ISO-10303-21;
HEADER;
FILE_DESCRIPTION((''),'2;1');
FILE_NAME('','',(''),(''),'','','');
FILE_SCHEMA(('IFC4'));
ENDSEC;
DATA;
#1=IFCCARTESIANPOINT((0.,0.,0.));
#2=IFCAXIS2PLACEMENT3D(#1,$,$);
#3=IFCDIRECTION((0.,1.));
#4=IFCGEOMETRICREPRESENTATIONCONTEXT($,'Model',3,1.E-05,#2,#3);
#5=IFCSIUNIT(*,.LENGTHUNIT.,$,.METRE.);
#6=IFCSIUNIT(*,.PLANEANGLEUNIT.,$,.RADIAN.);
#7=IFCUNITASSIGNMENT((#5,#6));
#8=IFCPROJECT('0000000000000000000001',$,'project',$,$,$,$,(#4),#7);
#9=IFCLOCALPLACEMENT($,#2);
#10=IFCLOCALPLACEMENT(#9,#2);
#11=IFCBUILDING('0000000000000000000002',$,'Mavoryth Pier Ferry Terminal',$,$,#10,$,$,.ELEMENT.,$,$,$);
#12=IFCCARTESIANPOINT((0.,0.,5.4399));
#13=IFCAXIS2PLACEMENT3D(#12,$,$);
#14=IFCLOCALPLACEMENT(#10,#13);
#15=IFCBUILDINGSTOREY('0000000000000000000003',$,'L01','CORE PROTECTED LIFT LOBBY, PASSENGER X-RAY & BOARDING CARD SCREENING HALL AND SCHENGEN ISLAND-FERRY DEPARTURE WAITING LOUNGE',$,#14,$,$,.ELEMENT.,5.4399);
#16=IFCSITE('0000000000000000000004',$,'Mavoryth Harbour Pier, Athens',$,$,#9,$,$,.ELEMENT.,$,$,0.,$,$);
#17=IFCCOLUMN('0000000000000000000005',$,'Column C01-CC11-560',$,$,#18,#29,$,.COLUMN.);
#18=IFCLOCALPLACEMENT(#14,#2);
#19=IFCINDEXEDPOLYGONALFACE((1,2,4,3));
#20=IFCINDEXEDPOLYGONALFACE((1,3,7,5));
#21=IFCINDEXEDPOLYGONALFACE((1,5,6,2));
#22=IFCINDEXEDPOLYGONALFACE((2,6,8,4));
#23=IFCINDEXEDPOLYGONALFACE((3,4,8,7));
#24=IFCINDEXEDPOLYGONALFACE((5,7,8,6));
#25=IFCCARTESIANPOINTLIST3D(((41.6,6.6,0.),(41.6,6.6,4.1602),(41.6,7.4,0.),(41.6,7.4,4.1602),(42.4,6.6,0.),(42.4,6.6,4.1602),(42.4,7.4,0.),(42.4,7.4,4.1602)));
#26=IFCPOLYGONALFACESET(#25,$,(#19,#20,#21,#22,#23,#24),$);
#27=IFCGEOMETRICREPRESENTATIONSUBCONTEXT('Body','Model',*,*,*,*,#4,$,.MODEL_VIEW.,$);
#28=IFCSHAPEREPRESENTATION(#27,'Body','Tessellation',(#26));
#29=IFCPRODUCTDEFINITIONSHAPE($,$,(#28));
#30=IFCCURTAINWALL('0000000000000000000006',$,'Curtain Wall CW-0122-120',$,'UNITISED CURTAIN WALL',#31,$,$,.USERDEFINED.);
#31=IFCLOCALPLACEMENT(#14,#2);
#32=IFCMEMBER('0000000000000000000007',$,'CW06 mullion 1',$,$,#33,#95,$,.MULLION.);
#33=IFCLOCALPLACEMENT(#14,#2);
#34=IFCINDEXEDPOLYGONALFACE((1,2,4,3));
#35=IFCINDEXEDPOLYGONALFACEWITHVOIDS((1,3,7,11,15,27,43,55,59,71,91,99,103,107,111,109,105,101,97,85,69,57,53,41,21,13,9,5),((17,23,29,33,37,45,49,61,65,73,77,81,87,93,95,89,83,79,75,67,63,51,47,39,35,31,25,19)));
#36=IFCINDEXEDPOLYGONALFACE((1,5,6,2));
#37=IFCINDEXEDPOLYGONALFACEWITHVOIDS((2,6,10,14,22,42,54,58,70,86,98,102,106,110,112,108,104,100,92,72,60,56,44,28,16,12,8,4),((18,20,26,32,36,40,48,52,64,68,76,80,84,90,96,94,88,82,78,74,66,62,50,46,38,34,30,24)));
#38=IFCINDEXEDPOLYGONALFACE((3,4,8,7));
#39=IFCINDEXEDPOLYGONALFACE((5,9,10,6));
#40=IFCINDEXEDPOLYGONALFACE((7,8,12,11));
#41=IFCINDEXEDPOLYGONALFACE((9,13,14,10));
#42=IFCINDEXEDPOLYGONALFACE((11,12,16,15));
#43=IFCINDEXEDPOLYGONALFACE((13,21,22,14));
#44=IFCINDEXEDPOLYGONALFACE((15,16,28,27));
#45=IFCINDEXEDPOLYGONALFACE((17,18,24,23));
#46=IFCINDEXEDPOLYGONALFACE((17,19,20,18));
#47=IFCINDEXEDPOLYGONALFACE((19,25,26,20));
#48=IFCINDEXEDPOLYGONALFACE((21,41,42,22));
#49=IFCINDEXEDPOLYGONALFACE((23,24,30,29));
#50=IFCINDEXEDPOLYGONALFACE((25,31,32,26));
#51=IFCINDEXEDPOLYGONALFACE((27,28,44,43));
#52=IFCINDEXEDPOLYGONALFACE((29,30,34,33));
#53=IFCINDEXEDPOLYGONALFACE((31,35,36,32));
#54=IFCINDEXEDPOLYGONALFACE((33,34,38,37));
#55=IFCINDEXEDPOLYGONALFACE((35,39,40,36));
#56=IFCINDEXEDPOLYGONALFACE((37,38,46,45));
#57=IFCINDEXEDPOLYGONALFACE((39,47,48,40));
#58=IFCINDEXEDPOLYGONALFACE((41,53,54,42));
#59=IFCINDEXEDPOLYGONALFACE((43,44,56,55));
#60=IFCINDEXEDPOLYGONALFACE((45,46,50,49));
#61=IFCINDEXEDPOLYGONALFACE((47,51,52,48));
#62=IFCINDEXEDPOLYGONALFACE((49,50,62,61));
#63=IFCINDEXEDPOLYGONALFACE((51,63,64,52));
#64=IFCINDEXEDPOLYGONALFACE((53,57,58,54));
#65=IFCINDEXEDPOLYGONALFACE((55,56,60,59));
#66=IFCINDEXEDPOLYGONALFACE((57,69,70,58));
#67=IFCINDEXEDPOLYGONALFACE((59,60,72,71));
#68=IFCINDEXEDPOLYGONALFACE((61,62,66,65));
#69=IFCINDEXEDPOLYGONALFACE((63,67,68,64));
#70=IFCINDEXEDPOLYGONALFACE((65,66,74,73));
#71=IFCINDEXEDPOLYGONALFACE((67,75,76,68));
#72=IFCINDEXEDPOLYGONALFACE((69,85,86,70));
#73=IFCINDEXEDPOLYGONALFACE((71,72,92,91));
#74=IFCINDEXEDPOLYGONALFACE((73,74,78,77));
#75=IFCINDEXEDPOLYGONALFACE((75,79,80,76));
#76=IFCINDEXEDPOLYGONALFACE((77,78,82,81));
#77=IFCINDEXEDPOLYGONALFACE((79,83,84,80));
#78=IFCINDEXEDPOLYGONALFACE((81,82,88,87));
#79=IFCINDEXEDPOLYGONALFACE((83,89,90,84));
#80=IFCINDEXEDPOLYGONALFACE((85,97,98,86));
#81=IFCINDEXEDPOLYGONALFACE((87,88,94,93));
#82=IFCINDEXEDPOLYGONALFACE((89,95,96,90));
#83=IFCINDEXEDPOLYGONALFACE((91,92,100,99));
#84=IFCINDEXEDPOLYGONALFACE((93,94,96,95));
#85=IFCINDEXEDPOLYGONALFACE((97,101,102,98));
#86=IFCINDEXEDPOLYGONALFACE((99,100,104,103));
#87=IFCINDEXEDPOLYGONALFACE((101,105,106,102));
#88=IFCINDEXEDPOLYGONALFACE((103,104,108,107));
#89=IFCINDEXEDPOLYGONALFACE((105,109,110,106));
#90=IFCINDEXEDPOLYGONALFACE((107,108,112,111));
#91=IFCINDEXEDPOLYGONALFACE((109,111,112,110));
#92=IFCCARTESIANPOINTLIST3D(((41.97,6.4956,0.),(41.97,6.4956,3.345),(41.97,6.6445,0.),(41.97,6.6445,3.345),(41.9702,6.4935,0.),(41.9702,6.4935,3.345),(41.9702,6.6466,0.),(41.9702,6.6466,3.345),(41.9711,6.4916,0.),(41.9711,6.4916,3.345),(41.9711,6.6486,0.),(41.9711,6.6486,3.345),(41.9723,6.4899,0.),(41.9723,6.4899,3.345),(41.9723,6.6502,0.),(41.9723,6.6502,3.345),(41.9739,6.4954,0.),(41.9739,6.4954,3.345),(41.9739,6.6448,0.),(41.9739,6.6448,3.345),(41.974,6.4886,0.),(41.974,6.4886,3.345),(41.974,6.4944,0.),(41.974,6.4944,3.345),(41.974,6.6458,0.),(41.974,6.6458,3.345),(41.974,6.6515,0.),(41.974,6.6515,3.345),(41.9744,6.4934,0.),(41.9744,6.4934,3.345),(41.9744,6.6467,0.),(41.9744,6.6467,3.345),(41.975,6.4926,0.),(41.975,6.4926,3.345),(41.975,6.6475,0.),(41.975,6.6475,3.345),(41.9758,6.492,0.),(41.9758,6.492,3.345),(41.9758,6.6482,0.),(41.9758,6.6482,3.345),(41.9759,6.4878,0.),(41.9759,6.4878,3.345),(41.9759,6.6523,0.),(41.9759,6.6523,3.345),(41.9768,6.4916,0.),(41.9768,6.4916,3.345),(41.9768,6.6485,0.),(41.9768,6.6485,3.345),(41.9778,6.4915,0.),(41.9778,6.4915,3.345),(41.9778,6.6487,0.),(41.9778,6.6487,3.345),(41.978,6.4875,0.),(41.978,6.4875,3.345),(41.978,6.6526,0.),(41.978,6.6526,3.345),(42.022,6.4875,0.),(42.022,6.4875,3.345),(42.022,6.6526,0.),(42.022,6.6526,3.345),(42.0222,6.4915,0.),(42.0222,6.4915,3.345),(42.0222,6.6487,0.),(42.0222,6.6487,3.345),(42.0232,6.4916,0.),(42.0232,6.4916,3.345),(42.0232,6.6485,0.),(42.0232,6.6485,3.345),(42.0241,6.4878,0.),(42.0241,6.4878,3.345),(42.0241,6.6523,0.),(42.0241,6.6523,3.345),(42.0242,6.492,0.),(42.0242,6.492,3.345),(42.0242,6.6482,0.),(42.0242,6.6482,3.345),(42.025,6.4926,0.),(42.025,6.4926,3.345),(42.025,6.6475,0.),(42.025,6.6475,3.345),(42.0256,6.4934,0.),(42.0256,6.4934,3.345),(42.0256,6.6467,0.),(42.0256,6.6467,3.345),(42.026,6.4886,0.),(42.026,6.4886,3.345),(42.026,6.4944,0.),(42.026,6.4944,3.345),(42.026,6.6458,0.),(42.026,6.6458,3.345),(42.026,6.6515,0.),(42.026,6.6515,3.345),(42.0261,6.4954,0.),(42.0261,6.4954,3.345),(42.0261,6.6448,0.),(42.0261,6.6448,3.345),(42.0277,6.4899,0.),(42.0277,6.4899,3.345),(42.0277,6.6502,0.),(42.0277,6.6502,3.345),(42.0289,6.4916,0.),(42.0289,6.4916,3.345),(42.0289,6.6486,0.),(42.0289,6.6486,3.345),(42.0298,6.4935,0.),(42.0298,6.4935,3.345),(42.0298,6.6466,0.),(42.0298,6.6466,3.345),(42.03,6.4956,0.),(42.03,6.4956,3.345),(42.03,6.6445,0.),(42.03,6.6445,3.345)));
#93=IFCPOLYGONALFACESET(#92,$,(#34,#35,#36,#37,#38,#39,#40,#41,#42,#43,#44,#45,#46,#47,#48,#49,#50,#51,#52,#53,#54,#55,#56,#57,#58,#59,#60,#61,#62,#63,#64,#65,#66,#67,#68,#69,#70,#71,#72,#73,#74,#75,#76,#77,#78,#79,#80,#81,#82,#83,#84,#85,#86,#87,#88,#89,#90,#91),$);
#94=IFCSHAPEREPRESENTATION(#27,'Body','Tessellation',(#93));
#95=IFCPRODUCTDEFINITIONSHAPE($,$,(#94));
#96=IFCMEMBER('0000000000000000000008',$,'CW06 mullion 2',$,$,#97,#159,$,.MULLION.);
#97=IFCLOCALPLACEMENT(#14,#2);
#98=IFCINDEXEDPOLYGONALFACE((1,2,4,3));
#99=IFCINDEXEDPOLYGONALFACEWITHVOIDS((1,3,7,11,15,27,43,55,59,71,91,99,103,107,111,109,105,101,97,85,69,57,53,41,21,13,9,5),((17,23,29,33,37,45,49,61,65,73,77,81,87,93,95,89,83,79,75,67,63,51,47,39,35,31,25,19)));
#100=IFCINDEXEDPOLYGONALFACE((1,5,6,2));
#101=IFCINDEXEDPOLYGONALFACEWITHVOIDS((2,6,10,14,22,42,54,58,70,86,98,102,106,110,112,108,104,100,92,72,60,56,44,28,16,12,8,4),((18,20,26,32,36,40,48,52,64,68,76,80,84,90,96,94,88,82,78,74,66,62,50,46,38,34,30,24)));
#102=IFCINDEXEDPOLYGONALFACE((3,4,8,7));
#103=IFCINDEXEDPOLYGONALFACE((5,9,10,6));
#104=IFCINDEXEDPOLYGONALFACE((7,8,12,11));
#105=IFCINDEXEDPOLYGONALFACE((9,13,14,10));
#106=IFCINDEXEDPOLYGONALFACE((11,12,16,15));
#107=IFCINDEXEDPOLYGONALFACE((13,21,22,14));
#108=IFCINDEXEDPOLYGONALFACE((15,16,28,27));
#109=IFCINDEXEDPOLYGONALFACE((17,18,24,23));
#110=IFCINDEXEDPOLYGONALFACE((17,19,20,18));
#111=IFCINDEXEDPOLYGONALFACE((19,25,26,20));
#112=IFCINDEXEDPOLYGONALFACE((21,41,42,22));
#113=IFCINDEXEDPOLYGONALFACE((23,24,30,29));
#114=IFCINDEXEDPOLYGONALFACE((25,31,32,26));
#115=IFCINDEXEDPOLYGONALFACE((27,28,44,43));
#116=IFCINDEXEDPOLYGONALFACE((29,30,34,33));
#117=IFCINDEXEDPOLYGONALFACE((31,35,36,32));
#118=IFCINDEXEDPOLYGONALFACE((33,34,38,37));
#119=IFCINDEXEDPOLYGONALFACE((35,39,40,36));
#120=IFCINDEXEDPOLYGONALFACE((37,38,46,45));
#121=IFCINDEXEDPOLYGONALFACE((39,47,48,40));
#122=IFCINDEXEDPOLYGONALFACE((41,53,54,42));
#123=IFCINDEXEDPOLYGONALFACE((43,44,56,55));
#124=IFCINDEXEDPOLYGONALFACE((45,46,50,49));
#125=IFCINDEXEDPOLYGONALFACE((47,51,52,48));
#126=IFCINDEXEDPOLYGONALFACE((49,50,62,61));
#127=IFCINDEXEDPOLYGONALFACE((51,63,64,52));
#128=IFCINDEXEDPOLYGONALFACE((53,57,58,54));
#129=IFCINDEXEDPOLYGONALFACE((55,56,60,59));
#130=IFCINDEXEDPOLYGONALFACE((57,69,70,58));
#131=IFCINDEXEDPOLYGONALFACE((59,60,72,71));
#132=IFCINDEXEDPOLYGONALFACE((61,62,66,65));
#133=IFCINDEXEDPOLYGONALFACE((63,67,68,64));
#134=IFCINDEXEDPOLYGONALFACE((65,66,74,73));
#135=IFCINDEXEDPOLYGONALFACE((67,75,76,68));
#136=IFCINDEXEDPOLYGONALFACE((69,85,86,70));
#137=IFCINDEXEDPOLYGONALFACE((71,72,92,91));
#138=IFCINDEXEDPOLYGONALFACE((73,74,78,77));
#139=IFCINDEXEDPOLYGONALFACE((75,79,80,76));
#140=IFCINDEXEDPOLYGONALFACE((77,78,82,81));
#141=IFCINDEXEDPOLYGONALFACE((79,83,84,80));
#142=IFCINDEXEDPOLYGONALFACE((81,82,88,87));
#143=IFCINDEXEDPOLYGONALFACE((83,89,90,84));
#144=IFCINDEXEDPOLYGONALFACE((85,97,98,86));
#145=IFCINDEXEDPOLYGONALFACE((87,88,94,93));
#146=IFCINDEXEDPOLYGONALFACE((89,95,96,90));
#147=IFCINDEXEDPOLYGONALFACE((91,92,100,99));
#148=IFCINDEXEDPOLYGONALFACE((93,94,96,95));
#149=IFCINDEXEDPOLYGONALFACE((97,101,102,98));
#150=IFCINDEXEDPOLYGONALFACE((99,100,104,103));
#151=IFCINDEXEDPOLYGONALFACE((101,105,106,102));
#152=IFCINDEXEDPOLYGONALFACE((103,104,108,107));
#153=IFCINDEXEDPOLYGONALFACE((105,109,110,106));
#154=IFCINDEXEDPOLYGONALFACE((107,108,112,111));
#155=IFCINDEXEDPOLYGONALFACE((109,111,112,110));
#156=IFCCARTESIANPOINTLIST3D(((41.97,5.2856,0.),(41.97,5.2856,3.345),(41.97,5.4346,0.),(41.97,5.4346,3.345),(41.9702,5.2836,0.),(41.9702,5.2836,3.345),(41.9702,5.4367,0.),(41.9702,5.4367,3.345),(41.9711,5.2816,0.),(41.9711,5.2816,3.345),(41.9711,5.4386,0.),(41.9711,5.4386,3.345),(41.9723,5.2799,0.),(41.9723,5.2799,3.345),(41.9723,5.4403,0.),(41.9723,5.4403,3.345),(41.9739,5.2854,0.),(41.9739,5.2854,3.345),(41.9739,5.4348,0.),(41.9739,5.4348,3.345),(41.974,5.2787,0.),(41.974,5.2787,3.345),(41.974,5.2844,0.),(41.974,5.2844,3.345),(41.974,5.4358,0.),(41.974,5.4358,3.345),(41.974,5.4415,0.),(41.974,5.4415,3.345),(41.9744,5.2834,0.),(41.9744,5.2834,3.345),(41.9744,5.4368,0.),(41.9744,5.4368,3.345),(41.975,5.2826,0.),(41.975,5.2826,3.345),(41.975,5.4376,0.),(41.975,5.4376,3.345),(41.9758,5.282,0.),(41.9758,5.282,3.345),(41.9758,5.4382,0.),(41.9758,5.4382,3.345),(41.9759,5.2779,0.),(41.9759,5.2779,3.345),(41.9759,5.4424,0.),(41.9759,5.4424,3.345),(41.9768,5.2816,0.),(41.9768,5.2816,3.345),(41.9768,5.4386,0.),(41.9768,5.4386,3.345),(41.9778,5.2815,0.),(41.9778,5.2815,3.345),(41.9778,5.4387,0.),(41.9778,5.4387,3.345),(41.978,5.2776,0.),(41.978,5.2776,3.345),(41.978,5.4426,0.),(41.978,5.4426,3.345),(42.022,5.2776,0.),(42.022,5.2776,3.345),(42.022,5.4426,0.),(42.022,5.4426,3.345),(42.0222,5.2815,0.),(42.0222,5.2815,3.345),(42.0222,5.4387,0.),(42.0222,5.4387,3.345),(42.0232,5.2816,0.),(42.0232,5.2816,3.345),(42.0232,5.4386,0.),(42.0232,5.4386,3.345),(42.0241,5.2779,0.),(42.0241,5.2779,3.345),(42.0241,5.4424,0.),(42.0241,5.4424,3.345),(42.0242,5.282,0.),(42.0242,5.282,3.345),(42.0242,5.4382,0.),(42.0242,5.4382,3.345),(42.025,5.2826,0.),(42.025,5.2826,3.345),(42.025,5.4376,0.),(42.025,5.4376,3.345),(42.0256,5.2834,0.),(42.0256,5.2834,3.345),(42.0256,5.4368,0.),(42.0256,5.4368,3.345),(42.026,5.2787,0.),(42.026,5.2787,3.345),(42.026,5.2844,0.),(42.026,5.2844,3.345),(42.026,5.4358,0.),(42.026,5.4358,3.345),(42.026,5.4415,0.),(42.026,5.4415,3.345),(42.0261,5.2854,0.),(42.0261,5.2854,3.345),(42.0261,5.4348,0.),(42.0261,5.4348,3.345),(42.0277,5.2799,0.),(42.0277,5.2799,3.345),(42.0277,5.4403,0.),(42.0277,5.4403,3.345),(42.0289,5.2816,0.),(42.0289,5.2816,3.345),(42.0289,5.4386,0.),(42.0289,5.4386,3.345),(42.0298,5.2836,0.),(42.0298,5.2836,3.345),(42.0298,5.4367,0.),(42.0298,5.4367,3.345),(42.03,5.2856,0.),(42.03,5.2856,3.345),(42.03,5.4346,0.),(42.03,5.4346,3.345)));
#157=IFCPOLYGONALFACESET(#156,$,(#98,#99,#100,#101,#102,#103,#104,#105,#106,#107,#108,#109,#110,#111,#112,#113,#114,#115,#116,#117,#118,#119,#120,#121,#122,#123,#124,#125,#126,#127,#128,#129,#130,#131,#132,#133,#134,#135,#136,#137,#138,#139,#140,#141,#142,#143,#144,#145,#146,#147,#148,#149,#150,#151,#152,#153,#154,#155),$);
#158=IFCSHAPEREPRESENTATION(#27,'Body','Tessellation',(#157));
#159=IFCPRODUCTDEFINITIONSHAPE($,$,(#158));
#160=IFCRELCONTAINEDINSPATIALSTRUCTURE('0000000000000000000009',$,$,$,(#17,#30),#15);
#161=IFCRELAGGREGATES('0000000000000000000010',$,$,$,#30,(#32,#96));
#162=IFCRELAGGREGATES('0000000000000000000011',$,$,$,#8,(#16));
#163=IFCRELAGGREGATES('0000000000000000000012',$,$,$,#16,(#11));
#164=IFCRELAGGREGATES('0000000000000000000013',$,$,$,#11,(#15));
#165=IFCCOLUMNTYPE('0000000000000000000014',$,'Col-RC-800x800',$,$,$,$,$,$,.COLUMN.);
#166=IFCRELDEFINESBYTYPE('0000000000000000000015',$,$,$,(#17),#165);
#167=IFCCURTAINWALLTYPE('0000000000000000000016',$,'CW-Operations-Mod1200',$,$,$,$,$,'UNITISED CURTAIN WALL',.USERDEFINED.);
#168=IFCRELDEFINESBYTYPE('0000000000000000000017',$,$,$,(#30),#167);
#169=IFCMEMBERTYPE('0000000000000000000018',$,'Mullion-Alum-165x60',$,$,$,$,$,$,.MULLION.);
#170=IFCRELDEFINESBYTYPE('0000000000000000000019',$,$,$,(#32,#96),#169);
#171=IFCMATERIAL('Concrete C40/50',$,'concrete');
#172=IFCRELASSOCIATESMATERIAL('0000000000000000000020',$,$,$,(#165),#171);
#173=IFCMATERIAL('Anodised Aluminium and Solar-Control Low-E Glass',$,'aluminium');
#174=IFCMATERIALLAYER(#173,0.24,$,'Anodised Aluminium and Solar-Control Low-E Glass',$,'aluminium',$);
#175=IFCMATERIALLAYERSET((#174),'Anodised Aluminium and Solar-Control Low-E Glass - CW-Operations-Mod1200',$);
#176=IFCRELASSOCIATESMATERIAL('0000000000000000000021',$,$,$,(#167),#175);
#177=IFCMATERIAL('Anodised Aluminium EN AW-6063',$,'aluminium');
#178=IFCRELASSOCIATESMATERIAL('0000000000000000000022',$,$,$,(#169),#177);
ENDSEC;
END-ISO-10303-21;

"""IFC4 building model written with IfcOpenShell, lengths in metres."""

from ifc_helpers import new_model, si_unit, direction, frame, origin, origin_2d, place, context, subcontext, project, spatial, rectangle, hollow_rectangle, extrude, material, layer, layer_set, material_profile, profile_set, type_object, element, aggregate, save


model = new_model("IFC4")

# Units and contexts
model_context = context("Model", 3, precision=1e-05, world=origin(), true_north=direction((0.0, 1.0)))
body_context = subcontext(model_context, "Body", "Model", "MODEL_VIEW")
ifc_project = project(units=[si_unit("LENGTHUNIT", "METRE"), si_unit("PLANEANGLEUNIT", "RADIAN")], contexts=[model_context])

# Site, building, storey
site_placement = place(None, origin())
site = spatial("IfcSite", under=ifc_project, at=site_placement, Name="Mavoryth Harbour Pier, Athens", CompositionType="ELEMENT", RefElevation=0.0)
building_placement = place(site_placement, origin())
building = spatial("IfcBuilding", under=site, at=building_placement, Name="Mavoryth Pier Ferry Terminal", CompositionType="ELEMENT")
storey_placement = place(building_placement, frame((0.0, 0.0, 5.4399)))
storey = spatial("IfcBuildingStorey", under=building, at=storey_placement, Name="L01", Description="CORE PROTECTED LIFT LOBBY, PASSENGER X-RAY & BOARDING CARD SCREENING HALL AND SCHENGEN ISLAND-FERRY DEPARTURE WAITING LOUNGE", CompositionType="ELEMENT", Elevation=5.4399)

# Column
ifc_material_1 = material(Name="Concrete C40/50", Category="concrete")
ifc_material_profile_1 = material_profile(ifc_material_1, rectangle(XDim=0.8, YDim=0.8, at=origin_2d()), Name="RC 800x800", Category="concrete")
ifc_profile_set_1 = profile_set([ifc_material_profile_1], Name="Concrete C40/50 - RC 800x800")
column_type = type_object("IfcColumnType", Name="Col-RC-800x800", PredefinedType="COLUMN", material=ifc_profile_set_1)
column_placement = place(storey_placement, frame((42.0, 7.0, 0.0), z_axis=(0.0, 0.0, 1.0), x_axis=(1.0, 0.0, 0.0)))
element("IfcColumn", 1, at=column_placement, inside=storey, type_object=column_type, Name="Column C01-CC11-560", PredefinedType="COLUMN", context=body_context, shape_type="SweptSolid", body=[
    extrude(rectangle(XDim=0.8, YDim=0.8, at=origin_2d()), origin(), (0.0, 0.0, 1.0), 4.1602),
])

# Curtain wall, members
ifc_material_2 = material(Name="Anodised Aluminium and Solar-Control Low-E Glass", Category="aluminium")
ifc_layer_1 = layer(ifc_material_2, 0.24, Name="Anodised Aluminium and Solar-Control Low-E Glass", Category="aluminium")
ifc_layer_set_1 = layer_set([ifc_layer_1], Name="Anodised Aluminium and Solar-Control Low-E Glass - CW-Operations-Mod1200")
curtain_wall_type = type_object("IfcCurtainWallType", Name="CW-Operations-Mod1200", ElementType="UNITISED CURTAIN WALL", PredefinedType="USERDEFINED", material=ifc_layer_set_1)
curtain_wall_1_placement = place(storey_placement, origin())
curtain_wall_1 = element("IfcCurtainWall", 2, at=curtain_wall_1_placement, inside=storey, type_object=curtain_wall_type, Name="Curtain Wall CW-0122-120", ObjectType="UNITISED CURTAIN WALL", PredefinedType="USERDEFINED")
ifc_material_3 = material(Name="Anodised Aluminium EN AW-6063", Category="aluminium")
ifc_material_profile_2 = material_profile(ifc_material_3, hollow_rectangle(XDim=0.0601, YDim=0.165, WallThickness=0.0039, InnerFilletRadius=0.0039, OuterFilletRadius=0.0081, at=origin_2d()), Name="AL-MULL 165x60x4", Category="aluminium")
ifc_profile_set_2 = profile_set([ifc_material_profile_2], Name="Anodised Aluminium EN AW-6063 - AL-MULL 165x60x4")
member_type_1 = type_object("IfcMemberType", Name="Mullion-Alum-165x60", PredefinedType="MULLION", material=ifc_profile_set_2)
member_1_placement = place(storey_placement, frame((42.0, 6.5701, 0.0), z_axis=(0.0, 0.0, 1.0), x_axis=(1.0, 0.0, 0.0)))
member_1 = element("IfcMember", 3, at=member_1_placement, type_object=member_type_1, Name="CW06 mullion 1", PredefinedType="MULLION", context=body_context, shape_type="SweptSolid", body=[
    extrude(hollow_rectangle(XDim=0.0601, YDim=0.165, WallThickness=0.0039, InnerFilletRadius=0.0039, OuterFilletRadius=0.0081, at=origin_2d()), origin(), (0.0, 0.0, 1.0), 3.345),
])
member_2_placement = place(storey_placement, frame((42.0, 5.3601, 0.0), z_axis=(0.0, 0.0, 1.0), x_axis=(1.0, 0.0, 0.0)))
member_2 = element("IfcMember", 4, at=member_2_placement, type_object=member_type_1, Name="CW06 mullion 2", PredefinedType="MULLION", context=body_context, shape_type="SweptSolid", body=[
    extrude(hollow_rectangle(XDim=0.0601, YDim=0.165, WallThickness=0.0039, InnerFilletRadius=0.0039, OuterFilletRadius=0.0081, at=origin_2d()), origin(), (0.0, 0.0, 1.0), 3.345),
])

aggregate(curtain_wall_1, [member_1, member_2])

save(model, "model.ifc")
